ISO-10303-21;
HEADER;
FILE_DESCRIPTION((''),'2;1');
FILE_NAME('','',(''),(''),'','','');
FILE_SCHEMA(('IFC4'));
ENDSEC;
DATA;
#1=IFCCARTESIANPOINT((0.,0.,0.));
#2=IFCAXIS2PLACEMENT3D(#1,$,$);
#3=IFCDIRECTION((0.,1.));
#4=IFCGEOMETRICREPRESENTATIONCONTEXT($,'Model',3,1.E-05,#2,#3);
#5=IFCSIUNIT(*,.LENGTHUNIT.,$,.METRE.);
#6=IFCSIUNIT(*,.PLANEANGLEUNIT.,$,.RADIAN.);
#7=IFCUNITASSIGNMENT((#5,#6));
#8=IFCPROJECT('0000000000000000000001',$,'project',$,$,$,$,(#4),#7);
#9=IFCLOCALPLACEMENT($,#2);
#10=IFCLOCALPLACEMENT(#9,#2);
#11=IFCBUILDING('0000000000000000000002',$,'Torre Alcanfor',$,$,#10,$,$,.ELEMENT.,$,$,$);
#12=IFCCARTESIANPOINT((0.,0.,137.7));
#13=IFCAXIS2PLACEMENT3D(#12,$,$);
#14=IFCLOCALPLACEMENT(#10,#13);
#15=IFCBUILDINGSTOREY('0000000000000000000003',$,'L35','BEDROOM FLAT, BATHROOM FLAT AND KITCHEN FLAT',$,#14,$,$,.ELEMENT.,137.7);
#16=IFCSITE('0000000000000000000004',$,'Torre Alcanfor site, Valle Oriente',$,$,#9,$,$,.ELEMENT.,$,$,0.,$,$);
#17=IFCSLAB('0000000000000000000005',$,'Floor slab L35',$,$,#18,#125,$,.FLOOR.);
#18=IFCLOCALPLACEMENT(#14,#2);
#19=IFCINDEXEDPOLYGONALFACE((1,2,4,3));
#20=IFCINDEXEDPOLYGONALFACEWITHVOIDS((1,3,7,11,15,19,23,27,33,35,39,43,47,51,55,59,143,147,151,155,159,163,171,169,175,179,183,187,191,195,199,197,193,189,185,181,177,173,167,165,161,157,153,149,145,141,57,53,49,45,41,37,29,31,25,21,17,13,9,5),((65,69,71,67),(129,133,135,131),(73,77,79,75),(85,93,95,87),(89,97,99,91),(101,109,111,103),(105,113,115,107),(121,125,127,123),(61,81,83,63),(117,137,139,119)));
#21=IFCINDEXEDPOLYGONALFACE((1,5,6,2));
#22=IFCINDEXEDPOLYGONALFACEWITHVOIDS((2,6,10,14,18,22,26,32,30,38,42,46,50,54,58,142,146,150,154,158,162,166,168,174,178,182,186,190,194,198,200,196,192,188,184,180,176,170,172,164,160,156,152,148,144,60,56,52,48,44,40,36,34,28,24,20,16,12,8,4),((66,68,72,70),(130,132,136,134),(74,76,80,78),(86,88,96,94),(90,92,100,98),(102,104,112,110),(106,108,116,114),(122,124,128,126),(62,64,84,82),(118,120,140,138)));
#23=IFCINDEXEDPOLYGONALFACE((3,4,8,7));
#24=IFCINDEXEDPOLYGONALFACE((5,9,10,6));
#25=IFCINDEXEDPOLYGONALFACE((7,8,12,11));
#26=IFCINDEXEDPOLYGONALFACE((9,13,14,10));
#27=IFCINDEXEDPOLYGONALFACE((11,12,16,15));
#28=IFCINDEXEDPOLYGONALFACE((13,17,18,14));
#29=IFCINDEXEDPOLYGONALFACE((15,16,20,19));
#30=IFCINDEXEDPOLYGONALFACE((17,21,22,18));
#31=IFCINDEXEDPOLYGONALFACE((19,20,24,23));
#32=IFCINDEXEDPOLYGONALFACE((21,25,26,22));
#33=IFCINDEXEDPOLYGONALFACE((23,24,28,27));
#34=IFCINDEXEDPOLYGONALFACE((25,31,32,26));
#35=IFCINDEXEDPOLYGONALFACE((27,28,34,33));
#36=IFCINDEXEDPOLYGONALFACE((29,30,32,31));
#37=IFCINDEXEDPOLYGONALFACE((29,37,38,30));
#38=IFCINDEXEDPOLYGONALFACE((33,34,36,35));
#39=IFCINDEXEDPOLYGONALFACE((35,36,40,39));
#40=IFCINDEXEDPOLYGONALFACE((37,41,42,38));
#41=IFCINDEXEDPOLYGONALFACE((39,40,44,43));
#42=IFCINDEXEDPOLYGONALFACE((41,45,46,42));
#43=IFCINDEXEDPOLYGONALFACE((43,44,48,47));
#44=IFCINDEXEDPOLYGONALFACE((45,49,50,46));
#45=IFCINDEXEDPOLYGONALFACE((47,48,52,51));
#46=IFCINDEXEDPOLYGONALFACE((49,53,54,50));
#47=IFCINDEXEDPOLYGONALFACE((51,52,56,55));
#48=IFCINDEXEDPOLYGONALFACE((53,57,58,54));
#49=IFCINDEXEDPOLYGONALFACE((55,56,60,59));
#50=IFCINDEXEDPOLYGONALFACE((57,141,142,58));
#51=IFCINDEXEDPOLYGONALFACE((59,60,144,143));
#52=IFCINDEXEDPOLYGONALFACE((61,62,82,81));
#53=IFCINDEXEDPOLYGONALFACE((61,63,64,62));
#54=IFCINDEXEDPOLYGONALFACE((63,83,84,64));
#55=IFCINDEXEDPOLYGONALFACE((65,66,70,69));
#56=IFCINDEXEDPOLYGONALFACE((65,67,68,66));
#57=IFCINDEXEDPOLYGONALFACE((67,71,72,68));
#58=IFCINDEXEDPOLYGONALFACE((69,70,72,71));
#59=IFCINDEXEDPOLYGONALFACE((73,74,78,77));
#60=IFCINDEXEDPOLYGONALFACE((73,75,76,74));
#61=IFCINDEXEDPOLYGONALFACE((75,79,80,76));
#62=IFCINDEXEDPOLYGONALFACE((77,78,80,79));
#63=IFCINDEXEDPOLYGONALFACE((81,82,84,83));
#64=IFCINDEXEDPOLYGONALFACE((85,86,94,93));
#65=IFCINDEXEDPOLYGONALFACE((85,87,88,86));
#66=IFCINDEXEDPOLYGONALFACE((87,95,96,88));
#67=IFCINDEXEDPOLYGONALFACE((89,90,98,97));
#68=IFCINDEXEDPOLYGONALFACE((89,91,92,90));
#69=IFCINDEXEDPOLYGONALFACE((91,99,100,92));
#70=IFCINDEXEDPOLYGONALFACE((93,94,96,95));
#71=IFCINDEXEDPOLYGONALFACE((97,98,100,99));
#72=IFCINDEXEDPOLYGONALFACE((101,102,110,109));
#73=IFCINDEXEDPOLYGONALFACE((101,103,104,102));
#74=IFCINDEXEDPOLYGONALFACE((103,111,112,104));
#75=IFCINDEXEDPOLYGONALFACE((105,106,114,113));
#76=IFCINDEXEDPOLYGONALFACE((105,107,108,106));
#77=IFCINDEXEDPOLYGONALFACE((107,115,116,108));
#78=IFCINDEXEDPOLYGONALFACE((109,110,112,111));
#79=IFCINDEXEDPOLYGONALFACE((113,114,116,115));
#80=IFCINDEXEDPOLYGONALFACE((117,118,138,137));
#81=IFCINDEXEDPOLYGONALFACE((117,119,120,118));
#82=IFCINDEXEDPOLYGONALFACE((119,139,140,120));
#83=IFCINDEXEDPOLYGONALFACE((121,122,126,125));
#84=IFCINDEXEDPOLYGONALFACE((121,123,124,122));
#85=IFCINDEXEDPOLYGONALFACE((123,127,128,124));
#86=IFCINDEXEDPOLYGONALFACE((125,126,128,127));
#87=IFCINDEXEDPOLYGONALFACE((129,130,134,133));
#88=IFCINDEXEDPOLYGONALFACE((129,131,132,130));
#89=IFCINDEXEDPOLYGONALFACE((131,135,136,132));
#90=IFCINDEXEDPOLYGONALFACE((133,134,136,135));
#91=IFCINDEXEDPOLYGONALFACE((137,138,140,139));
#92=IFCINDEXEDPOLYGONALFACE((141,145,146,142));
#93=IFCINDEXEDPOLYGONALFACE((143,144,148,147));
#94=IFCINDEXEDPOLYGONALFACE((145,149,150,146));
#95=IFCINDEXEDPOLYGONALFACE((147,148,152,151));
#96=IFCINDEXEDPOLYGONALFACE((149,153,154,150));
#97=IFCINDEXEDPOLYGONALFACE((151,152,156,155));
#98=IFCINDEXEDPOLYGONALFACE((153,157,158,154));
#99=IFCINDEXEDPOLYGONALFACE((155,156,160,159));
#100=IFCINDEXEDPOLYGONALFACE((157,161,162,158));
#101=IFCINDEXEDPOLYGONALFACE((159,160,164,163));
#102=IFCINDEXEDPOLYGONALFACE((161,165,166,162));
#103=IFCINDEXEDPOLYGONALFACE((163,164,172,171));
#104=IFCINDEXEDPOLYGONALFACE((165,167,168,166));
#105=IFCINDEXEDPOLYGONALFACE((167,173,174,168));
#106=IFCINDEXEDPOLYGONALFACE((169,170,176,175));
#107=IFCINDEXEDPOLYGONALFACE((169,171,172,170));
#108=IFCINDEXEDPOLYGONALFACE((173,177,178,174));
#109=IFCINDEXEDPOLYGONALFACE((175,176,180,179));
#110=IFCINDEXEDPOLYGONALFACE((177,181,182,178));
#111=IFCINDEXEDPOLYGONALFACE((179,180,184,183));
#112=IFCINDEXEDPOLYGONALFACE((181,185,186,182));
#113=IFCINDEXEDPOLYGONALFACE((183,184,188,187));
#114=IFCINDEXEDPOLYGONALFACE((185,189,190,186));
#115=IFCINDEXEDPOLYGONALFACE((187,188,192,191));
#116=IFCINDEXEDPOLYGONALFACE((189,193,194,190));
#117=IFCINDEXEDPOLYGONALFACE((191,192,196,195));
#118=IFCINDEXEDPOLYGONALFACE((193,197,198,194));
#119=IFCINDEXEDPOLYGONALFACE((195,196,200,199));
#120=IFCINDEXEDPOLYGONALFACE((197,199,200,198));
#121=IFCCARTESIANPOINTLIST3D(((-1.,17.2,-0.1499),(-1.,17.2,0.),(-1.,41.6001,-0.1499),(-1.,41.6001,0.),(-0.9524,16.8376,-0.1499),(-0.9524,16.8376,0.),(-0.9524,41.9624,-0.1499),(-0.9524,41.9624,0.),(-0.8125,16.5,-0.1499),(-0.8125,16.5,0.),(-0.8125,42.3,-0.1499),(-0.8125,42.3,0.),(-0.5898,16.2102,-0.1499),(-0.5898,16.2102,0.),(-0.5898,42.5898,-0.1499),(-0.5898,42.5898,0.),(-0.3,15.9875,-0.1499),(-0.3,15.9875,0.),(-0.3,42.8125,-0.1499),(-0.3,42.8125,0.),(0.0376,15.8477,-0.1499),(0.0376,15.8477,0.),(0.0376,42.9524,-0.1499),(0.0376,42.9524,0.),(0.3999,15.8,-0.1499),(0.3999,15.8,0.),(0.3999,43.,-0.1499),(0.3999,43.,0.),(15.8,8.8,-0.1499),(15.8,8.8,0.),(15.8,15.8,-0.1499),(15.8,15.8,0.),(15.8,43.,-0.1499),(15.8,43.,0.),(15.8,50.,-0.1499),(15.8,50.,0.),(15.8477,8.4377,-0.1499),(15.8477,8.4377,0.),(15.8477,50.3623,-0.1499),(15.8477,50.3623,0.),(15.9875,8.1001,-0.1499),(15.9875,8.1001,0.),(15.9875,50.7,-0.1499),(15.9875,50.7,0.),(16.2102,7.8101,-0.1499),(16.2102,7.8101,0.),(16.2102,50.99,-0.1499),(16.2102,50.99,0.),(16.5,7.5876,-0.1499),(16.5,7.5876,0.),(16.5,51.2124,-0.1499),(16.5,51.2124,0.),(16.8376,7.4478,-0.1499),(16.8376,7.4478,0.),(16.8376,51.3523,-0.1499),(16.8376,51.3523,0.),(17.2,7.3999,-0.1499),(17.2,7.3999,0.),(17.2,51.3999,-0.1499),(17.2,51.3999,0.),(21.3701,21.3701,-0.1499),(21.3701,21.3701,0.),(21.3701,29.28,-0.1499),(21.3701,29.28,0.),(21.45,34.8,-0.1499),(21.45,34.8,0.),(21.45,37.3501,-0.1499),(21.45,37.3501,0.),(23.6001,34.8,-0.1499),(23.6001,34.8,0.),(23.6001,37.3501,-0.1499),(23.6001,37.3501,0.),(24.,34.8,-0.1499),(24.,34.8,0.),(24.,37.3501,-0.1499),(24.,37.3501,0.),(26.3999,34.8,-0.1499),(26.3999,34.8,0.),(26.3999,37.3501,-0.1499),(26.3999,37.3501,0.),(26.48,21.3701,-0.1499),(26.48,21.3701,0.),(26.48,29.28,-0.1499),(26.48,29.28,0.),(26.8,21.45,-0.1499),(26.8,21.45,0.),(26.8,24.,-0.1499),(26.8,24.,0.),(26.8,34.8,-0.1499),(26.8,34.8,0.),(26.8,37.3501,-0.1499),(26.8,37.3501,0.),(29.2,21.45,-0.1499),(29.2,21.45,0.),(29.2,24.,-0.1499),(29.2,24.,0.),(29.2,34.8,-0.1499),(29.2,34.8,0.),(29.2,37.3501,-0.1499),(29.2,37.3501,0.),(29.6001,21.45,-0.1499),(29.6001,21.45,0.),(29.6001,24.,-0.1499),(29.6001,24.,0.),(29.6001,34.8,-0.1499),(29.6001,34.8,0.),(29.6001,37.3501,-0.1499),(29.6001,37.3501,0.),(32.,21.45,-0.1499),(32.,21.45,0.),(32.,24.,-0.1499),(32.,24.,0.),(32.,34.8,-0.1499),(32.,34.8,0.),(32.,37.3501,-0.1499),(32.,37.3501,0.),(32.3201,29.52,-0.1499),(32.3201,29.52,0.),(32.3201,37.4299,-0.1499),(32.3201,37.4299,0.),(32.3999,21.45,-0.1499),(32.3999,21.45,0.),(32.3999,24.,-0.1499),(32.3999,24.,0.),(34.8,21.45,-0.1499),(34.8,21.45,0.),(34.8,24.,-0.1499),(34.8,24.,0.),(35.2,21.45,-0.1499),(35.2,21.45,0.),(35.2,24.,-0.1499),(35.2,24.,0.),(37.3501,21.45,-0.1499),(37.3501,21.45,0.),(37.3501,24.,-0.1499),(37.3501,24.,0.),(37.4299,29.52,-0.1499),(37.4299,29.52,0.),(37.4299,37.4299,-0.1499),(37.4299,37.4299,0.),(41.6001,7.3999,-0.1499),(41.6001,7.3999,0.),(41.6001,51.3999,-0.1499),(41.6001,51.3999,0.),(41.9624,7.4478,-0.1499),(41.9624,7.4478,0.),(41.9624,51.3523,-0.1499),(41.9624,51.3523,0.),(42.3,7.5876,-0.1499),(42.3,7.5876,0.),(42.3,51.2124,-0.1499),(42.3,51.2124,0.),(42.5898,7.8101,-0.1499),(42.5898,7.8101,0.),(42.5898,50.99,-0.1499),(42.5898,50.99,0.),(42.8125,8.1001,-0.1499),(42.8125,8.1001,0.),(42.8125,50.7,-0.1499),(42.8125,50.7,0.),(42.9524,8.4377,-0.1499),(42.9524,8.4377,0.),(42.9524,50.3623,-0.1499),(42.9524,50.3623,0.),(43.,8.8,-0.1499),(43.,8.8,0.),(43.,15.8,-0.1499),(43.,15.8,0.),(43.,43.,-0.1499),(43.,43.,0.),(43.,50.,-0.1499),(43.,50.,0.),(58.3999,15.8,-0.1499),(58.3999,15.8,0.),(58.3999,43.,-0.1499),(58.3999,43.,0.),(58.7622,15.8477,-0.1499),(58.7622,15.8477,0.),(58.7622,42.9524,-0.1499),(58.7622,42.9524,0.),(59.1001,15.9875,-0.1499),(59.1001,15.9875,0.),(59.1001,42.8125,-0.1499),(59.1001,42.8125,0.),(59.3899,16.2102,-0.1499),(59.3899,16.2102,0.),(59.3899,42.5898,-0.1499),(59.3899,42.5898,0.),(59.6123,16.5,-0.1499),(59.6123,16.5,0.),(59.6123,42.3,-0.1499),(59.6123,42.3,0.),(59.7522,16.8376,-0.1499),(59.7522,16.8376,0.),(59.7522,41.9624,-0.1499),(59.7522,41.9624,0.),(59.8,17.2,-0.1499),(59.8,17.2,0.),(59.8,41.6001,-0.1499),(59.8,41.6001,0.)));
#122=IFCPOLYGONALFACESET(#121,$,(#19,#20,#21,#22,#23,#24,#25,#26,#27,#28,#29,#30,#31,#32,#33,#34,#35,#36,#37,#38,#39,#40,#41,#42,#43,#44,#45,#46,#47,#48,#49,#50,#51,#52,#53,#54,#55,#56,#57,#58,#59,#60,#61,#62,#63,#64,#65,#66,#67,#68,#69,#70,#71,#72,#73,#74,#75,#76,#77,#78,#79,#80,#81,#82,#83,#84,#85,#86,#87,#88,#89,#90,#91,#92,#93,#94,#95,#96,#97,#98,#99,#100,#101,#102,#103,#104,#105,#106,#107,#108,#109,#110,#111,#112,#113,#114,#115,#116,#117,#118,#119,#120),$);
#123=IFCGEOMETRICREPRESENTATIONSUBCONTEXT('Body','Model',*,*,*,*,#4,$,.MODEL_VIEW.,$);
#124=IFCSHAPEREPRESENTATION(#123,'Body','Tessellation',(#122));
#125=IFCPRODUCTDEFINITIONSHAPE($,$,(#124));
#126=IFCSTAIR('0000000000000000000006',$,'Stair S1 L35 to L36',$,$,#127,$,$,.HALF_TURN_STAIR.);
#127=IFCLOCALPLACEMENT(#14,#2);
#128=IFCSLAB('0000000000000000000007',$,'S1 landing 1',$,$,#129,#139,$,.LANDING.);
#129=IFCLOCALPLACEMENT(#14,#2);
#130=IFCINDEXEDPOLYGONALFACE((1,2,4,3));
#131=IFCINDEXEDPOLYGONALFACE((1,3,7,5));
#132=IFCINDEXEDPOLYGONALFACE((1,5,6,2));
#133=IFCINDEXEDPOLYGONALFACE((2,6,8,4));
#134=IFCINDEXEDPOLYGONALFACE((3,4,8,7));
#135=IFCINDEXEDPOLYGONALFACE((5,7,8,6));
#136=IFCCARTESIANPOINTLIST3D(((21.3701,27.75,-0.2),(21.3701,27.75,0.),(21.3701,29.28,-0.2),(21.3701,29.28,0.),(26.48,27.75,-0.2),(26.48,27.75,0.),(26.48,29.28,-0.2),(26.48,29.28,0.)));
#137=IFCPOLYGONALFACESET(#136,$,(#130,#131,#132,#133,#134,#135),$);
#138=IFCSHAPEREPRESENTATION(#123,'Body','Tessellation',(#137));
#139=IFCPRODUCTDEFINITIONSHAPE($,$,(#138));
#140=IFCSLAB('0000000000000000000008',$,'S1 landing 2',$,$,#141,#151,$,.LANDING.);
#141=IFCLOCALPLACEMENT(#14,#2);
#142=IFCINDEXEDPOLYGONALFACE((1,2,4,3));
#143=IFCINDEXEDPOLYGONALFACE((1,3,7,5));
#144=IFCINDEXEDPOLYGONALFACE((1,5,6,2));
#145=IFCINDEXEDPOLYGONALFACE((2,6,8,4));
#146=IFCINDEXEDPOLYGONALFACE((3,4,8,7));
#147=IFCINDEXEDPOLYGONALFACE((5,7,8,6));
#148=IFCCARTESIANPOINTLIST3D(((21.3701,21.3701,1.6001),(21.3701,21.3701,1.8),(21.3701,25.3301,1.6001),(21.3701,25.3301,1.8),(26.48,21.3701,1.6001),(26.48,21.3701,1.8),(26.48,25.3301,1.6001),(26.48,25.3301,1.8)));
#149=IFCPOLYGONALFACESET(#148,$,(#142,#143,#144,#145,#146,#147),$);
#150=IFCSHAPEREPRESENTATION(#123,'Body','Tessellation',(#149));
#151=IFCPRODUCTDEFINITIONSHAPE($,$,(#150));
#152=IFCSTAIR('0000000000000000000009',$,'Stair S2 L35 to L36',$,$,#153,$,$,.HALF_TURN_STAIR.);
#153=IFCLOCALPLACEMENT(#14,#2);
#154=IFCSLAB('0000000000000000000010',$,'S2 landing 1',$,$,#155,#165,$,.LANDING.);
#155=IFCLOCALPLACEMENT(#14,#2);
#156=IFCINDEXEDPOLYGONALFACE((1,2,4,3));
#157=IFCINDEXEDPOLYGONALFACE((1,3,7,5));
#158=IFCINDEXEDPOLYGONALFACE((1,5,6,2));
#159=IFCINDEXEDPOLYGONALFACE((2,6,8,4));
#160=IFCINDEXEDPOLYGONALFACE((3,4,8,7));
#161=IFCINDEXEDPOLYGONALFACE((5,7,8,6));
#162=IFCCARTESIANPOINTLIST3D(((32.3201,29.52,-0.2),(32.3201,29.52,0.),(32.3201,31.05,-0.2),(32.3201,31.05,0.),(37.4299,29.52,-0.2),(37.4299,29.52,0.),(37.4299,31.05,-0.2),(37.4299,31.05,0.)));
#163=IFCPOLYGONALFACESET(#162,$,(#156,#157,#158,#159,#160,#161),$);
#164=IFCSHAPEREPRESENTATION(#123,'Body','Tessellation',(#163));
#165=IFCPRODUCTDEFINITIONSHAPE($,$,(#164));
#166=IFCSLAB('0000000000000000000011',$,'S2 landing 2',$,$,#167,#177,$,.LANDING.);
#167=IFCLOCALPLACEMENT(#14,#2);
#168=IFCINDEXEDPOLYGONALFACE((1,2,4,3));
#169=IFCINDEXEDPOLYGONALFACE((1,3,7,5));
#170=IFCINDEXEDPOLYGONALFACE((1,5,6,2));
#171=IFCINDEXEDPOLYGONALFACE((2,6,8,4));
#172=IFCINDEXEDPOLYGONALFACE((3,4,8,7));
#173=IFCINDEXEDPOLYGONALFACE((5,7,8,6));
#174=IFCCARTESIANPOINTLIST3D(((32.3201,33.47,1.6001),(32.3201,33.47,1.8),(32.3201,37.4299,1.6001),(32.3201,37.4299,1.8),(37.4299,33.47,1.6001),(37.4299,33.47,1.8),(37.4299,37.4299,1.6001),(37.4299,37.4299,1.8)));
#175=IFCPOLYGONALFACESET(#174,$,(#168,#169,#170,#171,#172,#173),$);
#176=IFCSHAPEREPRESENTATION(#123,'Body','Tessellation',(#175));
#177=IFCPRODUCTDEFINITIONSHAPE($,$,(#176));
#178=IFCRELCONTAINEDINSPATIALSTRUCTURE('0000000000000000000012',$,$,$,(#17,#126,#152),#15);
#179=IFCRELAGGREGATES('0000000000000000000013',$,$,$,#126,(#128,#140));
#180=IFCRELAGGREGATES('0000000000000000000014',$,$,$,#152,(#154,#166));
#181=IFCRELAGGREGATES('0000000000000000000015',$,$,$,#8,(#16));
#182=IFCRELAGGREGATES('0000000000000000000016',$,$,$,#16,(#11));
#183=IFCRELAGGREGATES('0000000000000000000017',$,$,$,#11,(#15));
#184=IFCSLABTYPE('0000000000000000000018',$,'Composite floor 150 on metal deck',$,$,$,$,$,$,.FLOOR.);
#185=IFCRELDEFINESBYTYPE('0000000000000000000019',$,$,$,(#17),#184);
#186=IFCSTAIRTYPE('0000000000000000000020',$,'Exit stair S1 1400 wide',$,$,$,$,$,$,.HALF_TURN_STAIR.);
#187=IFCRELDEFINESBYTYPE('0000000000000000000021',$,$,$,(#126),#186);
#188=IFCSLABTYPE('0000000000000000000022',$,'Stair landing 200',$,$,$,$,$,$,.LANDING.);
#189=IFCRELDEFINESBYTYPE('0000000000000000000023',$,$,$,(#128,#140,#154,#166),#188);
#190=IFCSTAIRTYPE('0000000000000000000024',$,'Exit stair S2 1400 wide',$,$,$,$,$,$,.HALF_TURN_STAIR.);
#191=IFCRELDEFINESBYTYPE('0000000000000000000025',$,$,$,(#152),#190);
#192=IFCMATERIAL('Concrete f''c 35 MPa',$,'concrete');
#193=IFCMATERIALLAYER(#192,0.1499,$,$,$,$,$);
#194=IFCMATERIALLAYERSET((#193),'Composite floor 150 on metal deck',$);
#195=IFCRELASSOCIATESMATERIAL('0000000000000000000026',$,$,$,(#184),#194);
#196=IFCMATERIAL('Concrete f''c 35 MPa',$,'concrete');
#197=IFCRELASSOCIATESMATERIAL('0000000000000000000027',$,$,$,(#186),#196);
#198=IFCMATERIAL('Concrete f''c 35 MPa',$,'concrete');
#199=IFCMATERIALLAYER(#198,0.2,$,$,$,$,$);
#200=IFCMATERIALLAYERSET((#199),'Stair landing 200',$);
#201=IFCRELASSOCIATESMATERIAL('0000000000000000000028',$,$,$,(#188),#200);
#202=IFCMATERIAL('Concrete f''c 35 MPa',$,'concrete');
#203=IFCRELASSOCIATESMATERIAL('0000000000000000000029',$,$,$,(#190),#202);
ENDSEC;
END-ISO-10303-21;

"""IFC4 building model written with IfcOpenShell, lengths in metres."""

from ifc_helpers import new_model, si_unit, direction, frame, origin, place, context, subcontext, project, spatial, polyline, outline, extrude, material, layer, layer_set, type_object, element, aggregate, save


model = new_model("IFC4")

# Units and contexts
model_context = context("Model", 3, precision=1e-05, world=origin(), true_north=direction((0.0, 1.0)))
body_context = subcontext(model_context, "Body", "Model", "MODEL_VIEW")
ifc_project = project(units=[si_unit("LENGTHUNIT", "METRE"), si_unit("PLANEANGLEUNIT", "RADIAN")], contexts=[model_context])

# Site, building, storey
site_placement = place(None, origin())
site = spatial("IfcSite", under=ifc_project, at=site_placement, Name="Torre Alcanfor site, Valle Oriente", CompositionType="ELEMENT", RefElevation=0.0)
building_placement = place(site_placement, origin())
building = spatial("IfcBuilding", under=site, at=building_placement, Name="Torre Alcanfor", CompositionType="ELEMENT")
storey_placement = place(building_placement, frame((0.0, 0.0, 137.7)))
storey = spatial("IfcBuildingStorey", under=building, at=storey_placement, Name="L35", Description="BEDROOM FLAT, BATHROOM FLAT AND KITCHEN FLAT", CompositionType="ELEMENT", Elevation=137.7)

# Slab
ifc_material_1 = material(Name="Concrete f'c 35 MPa", Category="concrete")
ifc_layer_1 = layer(ifc_material_1, 0.1499)
ifc_layer_set_1 = layer_set([ifc_layer_1], Name="Composite floor 150 on metal deck")
slab_type_1 = type_object("IfcSlabType", Name="Composite floor 150 on metal deck", PredefinedType="FLOOR", material=ifc_layer_set_1)
slab_1_placement = place(storey_placement, frame((0.0, 0.0, -0.1499)))
element("IfcSlab", 1, at=slab_1_placement, inside=storey, type_object=slab_type_1, Name="Floor slab L35", PredefinedType="FLOOR", context=body_context, shape_type="SweptSolid", body=[
    extrude(outline(polyline([(15.8, 43.0), (0.3999, 43.0), (0.0376, 42.9524), (-0.3, 42.8125), (-0.5898, 42.5898), (-0.8125, 42.3), (-0.9524, 41.9624), (-1.0, 41.6001), (-1.0, 17.2), (-0.9524, 16.8376), (-0.8125, 16.5), (-0.5898, 16.2102), (-0.3, 15.9875), (0.0376, 15.8477), (0.3999, 15.8), (15.8, 15.8), (15.8, 8.8), (15.8477, 8.4377), (15.9875, 8.1001), (16.2102, 7.8101), (16.5, 7.5876), (16.8376, 7.4478), (17.2, 7.3999), (41.6001, 7.3999), (41.9624, 7.4478), (42.3, 7.5876), (42.5898, 7.8101), (42.8125, 8.1001), (42.9524, 8.4377), (43.0, 8.8), (43.0, 15.8), (58.3999, 15.8), (58.7622, 15.8477), (59.1001, 15.9875), (59.3899, 16.2102), (59.6123, 16.5), (59.7522, 16.8376), (59.8, 17.2), (59.8, 41.6001), (59.7522, 41.9624), (59.6123, 42.3), (59.3899, 42.5898), (59.1001, 42.8125), (58.7622, 42.9524), (58.3999, 43.0), (43.0, 43.0), (43.0, 50.0), (42.9524, 50.3623), (42.8125, 50.7), (42.5898, 50.99), (42.3, 51.2124), (41.9624, 51.3523), (41.6001, 51.3999), (17.2, 51.3999), (16.8376, 51.3523), (16.5, 51.2124), (16.2102, 50.99), (15.9875, 50.7), (15.8477, 50.3623), (15.8, 50.0), (15.8, 43.0)]), holes=[polyline([(21.3701, 21.3701), (26.48, 21.3701), (26.48, 29.28), (21.3701, 29.28), (21.3701, 21.3701)]), polyline([(32.3201, 29.52), (37.4299, 29.52), (37.4299, 37.4299), (32.3201, 37.4299), (32.3201, 29.52)]), polyline([(26.8, 21.45), (29.2, 21.45), (29.2, 24.0), (26.8, 24.0), (26.8, 21.45)]), polyline([(29.6001, 21.45), (32.0, 21.45), (32.0, 24.0), (29.6001, 24.0), (29.6001, 21.45)]), polyline([(32.3999, 21.45), (34.8, 21.45), (34.8, 24.0), (32.3999, 24.0), (32.3999, 21.45)]), polyline([(35.2, 21.45), (37.3501, 21.45), (37.3501, 24.0), (35.2, 24.0), (35.2, 21.45)]), polyline([(21.45, 34.8), (23.6001, 34.8), (23.6001, 37.3501), (21.45, 37.3501), (21.45, 34.8)]), polyline([(24.0, 34.8), (26.3999, 34.8), (26.3999, 37.3501), (24.0, 37.3501), (24.0, 34.8)]), polyline([(26.8, 34.8), (29.2, 34.8), (29.2, 37.3501), (26.8, 37.3501), (26.8, 34.8)]), polyline([(29.6001, 34.8), (32.0, 34.8), (32.0, 37.3501), (29.6001, 37.3501), (29.6001, 34.8)])]), origin(), (0.0, 0.0, 1.0), 0.1499),
])

# Stairs, slabs
ifc_material_2 = material(Name="Concrete f'c 35 MPa", Category="concrete")
stair_type_1 = type_object("IfcStairType", Name="Exit stair S1 1400 wide", PredefinedType="HALF_TURN_STAIR", material=ifc_material_2)
stair_1_placement = place(storey_placement, origin())
stair_1 = element("IfcStair", 2, at=stair_1_placement, inside=storey, type_object=stair_type_1, Name="Stair S1 L35 to L36", PredefinedType="HALF_TURN_STAIR")
ifc_material_3 = material(Name="Concrete f'c 35 MPa", Category="concrete")
ifc_layer_2 = layer(ifc_material_3, 0.2)
ifc_layer_set_2 = layer_set([ifc_layer_2], Name="Stair landing 200")
slab_type_2 = type_object("IfcSlabType", Name="Stair landing 200", PredefinedType="LANDING", material=ifc_layer_set_2)
slab_2_placement = place(storey_placement, frame((0.0, 0.0, -0.2)))
slab_2 = element("IfcSlab", 3, at=slab_2_placement, type_object=slab_type_2, Name="S1 landing 1", PredefinedType="LANDING", context=body_context, shape_type="SweptSolid", body=[
    extrude(outline(polyline([(21.3701, 27.75), (26.48, 27.75), (26.48, 29.28), (21.3701, 29.28), (21.3701, 27.75)])), origin(), (0.0, 0.0, 1.0), 0.2),
])
slab_3_placement = place(storey_placement, frame((0.0, 0.0, 1.6001)))
slab_3 = element("IfcSlab", 4, at=slab_3_placement, type_object=slab_type_2, Name="S1 landing 2", PredefinedType="LANDING", context=body_context, shape_type="SweptSolid", body=[
    extrude(outline(polyline([(21.3701, 21.3701), (26.48, 21.3701), (26.48, 25.3301), (21.3701, 25.3301), (21.3701, 21.3701)])), origin(), (0.0, 0.0, 1.0), 0.2),
])
aggregate(stair_1, [slab_2, slab_3])
ifc_material_4 = material(Name="Concrete f'c 35 MPa", Category="concrete")
stair_type_2 = type_object("IfcStairType", Name="Exit stair S2 1400 wide", PredefinedType="HALF_TURN_STAIR", material=ifc_material_4)
stair_2_placement = place(storey_placement, origin())
stair_2 = element("IfcStair", 5, at=stair_2_placement, inside=storey, type_object=stair_type_2, Name="Stair S2 L35 to L36", PredefinedType="HALF_TURN_STAIR")
slab_4_placement = place(storey_placement, frame((0.0, 0.0, -0.2)))
slab_4 = element("IfcSlab", 6, at=slab_4_placement, type_object=slab_type_2, Name="S2 landing 1", PredefinedType="LANDING", context=body_context, shape_type="SweptSolid", body=[
    extrude(outline(polyline([(32.3201, 29.52), (37.4299, 29.52), (37.4299, 31.05), (32.3201, 31.05), (32.3201, 29.52)])), origin(), (0.0, 0.0, 1.0), 0.2),
])
slab_5_placement = place(storey_placement, frame((0.0, 0.0, 1.6001)))
slab_5 = element("IfcSlab", 7, at=slab_5_placement, type_object=slab_type_2, Name="S2 landing 2", PredefinedType="LANDING", context=body_context, shape_type="SweptSolid", body=[
    extrude(outline(polyline([(32.3201, 33.47), (37.4299, 33.47), (37.4299, 37.4299), (32.3201, 37.4299), (32.3201, 33.47)])), origin(), (0.0, 0.0, 1.0), 0.2),
])
aggregate(stair_2, [slab_4, slab_5])

save(model, "model.ifc")
